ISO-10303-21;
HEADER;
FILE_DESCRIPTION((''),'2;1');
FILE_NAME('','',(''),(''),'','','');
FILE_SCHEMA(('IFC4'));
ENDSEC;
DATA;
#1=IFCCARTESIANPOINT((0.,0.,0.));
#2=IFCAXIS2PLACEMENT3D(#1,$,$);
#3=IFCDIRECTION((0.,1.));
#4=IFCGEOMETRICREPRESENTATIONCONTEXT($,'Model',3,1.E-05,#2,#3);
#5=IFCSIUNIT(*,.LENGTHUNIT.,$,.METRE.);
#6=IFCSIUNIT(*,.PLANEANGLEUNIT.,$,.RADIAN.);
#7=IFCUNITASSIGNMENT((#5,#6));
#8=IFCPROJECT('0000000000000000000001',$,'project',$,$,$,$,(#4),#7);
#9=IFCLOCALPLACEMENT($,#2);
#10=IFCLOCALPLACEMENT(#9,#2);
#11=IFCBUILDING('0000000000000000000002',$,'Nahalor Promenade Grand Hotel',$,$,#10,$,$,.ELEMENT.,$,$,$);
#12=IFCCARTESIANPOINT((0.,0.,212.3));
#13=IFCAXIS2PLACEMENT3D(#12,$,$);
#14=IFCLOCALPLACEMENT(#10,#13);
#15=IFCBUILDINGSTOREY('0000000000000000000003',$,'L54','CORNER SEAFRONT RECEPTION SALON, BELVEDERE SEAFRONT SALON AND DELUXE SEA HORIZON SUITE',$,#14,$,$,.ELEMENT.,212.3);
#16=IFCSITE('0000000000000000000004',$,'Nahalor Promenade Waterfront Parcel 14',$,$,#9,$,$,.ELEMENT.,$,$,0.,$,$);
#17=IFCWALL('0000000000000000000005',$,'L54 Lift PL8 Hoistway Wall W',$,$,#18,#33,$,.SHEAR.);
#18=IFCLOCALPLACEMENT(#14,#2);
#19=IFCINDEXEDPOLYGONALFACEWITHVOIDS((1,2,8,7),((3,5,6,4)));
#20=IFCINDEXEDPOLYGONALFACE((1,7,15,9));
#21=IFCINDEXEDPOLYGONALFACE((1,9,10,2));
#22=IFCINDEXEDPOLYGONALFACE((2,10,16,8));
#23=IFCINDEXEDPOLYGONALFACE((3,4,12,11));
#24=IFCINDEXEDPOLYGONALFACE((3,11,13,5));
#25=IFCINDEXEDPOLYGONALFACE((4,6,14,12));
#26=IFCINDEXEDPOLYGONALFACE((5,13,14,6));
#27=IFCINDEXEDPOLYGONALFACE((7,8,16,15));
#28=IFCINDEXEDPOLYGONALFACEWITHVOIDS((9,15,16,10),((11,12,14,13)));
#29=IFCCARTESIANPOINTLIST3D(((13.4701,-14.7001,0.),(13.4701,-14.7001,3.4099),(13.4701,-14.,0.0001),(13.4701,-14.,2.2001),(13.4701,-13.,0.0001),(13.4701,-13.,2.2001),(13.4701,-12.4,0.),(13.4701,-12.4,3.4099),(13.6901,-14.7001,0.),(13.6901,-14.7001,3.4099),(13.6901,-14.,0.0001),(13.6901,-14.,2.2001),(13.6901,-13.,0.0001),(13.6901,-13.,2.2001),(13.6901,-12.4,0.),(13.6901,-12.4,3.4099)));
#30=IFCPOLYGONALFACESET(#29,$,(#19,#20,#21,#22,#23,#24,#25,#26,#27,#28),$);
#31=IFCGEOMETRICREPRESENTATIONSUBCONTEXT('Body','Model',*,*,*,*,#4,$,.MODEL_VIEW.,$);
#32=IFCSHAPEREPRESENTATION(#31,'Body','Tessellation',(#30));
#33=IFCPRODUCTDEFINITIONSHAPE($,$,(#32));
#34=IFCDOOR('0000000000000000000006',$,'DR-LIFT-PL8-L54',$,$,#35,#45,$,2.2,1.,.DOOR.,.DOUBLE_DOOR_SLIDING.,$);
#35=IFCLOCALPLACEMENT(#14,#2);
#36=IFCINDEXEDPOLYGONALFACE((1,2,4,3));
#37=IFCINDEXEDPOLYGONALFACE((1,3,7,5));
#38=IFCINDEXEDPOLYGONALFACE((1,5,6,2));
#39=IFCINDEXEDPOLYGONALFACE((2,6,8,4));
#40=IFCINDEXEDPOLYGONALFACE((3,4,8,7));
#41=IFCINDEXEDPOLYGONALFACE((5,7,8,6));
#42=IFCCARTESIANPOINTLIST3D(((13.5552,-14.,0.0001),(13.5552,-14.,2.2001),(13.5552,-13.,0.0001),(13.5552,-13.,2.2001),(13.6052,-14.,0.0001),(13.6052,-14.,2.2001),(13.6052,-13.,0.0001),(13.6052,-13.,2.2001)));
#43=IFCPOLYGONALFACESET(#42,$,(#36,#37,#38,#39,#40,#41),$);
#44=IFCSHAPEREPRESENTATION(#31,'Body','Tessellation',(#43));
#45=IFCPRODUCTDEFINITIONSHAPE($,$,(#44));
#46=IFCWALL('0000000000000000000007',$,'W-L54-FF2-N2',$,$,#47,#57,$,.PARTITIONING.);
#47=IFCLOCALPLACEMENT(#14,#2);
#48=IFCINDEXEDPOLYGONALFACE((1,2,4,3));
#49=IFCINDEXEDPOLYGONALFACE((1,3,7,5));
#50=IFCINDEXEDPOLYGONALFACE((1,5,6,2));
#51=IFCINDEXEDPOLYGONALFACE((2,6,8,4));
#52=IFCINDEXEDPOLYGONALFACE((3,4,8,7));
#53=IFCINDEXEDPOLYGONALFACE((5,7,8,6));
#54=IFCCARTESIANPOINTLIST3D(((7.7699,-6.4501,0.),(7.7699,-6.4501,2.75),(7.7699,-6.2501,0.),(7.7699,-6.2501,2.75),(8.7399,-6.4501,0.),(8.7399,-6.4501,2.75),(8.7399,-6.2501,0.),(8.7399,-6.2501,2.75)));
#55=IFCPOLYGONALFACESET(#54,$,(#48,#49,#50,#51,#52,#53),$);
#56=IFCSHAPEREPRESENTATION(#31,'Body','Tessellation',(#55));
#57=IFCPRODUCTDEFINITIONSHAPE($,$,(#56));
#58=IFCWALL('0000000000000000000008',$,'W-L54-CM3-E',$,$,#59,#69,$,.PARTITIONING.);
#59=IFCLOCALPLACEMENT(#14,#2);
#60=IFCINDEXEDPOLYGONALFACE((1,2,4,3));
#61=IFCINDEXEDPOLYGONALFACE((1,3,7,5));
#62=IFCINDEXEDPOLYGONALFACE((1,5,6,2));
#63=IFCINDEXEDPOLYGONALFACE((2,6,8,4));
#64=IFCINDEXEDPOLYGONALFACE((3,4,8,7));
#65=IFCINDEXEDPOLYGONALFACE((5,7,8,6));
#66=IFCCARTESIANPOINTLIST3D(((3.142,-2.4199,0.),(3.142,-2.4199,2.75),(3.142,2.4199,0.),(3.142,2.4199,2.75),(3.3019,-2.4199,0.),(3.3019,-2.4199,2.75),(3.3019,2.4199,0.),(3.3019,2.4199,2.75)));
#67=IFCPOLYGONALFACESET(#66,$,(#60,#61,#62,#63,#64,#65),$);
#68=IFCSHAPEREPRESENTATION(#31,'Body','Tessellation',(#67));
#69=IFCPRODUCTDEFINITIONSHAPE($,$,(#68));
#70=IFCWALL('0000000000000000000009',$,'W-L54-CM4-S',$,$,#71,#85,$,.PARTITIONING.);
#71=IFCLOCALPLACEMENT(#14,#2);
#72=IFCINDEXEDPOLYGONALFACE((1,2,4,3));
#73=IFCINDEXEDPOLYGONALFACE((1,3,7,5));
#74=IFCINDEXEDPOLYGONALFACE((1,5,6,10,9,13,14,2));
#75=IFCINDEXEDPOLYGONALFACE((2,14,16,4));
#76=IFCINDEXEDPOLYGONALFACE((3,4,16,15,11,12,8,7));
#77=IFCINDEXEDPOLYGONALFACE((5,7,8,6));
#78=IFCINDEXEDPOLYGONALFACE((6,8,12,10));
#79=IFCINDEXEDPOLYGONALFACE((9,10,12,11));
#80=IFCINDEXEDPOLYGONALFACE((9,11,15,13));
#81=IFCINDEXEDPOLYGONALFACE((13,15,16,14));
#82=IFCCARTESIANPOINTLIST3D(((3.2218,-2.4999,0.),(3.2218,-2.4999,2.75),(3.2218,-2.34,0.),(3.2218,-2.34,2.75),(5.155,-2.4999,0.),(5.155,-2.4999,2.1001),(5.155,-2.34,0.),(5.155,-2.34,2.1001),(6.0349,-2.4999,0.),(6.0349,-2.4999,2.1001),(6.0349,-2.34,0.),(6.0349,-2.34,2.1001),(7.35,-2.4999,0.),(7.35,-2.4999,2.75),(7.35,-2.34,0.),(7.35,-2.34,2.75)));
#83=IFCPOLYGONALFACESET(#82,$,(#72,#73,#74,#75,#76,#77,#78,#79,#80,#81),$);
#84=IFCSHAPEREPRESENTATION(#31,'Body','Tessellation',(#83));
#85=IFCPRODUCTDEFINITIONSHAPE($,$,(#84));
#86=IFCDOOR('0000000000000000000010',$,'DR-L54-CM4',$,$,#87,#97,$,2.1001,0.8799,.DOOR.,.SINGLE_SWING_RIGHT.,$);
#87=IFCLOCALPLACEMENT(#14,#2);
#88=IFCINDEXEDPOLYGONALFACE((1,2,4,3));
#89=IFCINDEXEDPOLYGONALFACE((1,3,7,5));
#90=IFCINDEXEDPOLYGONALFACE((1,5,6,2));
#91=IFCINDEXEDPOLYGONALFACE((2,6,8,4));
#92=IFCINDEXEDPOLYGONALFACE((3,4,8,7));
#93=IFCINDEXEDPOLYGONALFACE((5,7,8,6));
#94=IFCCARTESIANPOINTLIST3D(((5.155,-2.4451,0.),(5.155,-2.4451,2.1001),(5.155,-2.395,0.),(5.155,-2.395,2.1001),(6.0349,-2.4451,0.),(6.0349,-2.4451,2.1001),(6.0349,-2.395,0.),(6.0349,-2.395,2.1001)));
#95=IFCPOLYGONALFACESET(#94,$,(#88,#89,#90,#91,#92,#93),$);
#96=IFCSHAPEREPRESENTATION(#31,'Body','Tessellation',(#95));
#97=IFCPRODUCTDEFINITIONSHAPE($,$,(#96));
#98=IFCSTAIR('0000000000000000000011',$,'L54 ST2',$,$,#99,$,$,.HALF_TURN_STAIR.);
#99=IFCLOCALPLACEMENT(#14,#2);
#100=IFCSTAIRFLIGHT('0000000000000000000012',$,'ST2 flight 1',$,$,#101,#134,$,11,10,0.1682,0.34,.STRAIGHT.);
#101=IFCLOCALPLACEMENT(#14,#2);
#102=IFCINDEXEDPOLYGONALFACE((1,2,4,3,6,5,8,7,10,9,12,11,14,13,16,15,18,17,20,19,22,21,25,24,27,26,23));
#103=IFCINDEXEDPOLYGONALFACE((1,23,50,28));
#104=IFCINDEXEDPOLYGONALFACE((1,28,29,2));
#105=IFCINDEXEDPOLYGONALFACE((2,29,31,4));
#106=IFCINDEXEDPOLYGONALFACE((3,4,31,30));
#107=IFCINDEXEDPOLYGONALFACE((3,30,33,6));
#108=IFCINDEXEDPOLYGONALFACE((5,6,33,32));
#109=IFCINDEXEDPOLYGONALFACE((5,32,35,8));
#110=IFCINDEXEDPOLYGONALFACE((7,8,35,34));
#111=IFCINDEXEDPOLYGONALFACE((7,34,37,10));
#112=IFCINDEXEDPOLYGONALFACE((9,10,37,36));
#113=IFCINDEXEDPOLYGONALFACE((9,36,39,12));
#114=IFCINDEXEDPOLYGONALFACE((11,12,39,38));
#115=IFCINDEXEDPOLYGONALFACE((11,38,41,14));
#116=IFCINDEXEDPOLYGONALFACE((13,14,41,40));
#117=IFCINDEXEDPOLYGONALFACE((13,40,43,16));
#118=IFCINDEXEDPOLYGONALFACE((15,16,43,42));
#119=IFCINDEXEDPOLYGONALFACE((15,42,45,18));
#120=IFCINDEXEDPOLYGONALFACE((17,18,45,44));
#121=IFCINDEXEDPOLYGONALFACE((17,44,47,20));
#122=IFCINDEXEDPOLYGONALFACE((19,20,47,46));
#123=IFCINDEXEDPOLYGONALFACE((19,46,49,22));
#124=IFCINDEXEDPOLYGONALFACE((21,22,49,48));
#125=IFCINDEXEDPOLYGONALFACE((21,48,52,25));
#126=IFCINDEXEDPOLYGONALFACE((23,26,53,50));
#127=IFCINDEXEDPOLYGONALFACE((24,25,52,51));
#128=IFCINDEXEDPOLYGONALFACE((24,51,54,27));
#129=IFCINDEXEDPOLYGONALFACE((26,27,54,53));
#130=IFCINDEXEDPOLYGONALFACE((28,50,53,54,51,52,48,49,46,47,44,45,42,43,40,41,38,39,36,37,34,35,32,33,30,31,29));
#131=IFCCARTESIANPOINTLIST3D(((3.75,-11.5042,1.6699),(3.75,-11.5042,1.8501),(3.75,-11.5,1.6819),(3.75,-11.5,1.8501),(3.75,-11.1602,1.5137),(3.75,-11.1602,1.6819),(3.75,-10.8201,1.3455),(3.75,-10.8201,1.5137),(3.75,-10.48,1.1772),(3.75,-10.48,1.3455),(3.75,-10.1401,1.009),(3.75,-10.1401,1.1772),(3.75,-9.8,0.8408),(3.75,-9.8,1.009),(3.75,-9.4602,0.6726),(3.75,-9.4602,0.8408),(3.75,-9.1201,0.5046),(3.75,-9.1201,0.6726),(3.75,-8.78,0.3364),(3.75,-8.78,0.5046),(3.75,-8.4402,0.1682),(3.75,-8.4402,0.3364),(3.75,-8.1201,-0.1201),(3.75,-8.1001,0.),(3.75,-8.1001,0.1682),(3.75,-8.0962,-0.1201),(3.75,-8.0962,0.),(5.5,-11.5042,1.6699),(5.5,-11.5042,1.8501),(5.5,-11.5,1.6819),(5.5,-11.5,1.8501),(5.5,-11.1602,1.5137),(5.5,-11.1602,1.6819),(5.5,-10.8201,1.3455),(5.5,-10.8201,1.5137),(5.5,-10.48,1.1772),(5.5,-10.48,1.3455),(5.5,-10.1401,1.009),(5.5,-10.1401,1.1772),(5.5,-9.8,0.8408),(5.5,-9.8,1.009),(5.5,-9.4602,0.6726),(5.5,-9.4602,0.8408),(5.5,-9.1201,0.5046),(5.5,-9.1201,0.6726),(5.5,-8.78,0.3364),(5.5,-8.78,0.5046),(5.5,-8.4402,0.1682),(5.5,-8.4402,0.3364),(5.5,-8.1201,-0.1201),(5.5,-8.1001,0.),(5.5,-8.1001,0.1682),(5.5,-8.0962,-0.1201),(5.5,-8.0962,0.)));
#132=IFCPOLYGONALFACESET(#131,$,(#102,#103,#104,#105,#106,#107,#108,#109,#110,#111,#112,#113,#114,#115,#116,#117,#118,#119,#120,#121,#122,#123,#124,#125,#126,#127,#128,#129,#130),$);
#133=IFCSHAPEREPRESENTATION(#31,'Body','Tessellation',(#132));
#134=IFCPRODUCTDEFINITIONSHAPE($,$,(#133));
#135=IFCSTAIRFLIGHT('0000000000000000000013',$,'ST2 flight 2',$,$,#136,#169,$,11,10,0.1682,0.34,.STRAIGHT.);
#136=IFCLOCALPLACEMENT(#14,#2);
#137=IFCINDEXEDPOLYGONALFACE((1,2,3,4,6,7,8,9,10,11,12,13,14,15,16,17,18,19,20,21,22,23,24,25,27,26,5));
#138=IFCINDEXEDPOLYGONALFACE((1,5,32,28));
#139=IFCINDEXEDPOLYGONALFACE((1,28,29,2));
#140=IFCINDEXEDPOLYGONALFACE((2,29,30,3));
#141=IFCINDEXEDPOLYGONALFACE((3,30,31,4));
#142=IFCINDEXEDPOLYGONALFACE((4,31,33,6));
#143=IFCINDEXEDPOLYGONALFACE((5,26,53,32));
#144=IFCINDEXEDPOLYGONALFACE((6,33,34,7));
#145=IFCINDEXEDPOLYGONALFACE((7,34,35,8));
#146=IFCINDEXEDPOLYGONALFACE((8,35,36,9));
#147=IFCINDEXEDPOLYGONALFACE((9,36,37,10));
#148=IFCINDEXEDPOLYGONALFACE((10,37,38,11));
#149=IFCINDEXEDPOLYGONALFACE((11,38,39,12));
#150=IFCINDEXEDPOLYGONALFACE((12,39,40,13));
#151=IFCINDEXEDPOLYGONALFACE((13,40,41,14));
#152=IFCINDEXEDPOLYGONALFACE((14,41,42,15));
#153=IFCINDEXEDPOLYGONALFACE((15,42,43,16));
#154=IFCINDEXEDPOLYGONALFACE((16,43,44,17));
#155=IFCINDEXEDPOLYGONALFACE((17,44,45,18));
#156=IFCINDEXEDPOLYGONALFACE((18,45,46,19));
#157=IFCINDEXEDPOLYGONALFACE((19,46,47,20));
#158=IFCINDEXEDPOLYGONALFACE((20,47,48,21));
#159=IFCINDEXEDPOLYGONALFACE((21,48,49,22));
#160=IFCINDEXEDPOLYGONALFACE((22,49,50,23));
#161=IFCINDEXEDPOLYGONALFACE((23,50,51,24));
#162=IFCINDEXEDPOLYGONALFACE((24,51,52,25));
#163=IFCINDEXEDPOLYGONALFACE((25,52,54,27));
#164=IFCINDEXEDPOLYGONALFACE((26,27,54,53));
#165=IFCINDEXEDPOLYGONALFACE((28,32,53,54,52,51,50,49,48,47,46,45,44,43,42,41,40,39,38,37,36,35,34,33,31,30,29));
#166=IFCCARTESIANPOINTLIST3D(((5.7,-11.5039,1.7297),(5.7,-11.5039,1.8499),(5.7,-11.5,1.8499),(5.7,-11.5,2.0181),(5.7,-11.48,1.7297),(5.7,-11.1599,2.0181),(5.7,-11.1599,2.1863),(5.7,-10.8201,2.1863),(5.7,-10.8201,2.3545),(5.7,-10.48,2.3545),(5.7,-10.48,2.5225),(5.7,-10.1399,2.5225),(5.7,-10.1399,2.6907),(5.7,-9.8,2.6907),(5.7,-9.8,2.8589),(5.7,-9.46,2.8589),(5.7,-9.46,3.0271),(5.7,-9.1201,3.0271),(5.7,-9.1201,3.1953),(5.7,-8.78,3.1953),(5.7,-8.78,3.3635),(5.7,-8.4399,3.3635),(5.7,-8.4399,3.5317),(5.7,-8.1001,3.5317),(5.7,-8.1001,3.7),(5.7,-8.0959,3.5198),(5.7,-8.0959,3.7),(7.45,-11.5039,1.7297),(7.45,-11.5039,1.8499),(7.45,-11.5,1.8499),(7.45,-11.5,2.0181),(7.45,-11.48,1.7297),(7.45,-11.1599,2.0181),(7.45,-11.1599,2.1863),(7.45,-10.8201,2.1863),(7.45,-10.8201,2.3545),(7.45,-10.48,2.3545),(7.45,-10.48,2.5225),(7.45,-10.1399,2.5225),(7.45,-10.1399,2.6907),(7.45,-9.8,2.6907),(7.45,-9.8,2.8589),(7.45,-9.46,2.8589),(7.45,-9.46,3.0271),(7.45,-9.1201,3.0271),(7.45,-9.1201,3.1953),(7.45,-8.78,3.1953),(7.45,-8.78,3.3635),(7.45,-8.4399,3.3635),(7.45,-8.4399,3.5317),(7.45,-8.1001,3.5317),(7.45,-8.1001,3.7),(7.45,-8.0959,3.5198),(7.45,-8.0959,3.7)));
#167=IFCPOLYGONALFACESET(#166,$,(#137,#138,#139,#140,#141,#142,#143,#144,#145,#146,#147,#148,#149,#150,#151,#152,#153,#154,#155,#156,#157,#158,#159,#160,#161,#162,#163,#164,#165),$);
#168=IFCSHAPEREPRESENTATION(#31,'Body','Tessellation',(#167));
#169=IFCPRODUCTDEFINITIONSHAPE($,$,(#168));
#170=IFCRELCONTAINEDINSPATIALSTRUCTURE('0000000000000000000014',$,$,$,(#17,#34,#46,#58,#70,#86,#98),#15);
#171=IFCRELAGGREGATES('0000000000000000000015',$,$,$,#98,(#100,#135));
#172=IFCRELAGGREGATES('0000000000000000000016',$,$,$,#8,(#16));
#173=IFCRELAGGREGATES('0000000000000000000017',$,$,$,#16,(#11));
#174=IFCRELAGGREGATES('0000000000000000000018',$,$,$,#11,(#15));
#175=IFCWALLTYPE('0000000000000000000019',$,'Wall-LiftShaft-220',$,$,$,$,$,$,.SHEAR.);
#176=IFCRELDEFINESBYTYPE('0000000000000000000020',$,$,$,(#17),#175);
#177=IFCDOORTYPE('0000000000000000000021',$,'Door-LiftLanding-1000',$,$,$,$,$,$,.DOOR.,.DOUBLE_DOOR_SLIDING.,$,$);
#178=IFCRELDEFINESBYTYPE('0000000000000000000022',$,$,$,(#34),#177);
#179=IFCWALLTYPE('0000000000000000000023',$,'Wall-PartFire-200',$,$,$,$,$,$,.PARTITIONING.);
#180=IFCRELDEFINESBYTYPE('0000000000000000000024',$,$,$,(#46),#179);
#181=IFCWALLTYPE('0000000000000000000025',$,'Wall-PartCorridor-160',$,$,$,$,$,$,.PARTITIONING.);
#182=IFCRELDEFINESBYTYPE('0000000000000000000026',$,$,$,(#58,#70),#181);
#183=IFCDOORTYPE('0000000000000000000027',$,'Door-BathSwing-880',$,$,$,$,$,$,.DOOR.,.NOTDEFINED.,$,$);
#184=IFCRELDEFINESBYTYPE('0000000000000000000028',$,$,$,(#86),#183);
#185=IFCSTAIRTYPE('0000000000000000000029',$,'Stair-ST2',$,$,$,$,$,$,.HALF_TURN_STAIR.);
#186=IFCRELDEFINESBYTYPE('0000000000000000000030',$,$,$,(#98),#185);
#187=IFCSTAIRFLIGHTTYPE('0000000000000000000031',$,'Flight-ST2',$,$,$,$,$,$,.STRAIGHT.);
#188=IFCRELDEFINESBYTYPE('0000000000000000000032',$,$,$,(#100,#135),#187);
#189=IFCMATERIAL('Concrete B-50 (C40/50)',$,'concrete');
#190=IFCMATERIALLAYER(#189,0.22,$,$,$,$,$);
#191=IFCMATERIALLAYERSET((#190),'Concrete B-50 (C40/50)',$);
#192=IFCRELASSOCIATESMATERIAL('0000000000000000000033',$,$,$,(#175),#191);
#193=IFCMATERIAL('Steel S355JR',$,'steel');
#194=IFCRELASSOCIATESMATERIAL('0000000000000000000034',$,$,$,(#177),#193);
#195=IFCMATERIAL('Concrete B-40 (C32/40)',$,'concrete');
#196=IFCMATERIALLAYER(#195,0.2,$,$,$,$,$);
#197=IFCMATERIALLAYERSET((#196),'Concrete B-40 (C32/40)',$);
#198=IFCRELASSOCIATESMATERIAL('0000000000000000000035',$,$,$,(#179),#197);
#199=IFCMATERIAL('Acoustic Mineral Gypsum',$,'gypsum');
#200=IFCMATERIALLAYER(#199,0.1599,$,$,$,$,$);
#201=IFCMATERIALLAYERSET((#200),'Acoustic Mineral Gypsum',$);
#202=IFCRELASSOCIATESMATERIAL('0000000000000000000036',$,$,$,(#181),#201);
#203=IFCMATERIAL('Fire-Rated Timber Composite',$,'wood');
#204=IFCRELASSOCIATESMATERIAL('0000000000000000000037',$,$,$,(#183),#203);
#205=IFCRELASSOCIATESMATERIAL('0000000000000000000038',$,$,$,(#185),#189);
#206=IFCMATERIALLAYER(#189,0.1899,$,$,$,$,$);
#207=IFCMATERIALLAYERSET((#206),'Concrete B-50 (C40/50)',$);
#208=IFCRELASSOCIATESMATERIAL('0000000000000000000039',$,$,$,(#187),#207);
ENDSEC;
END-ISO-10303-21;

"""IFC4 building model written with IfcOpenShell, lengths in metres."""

from ifc_helpers import new_model, si_unit, direction, frame, frame_2d, origin, place, context, subcontext, project, spatial, polyline, rectangle, outline, extrude, source, transform, mapped, material, layer, layer_set, type_object, element, fill, aggregate, save


model = new_model("IFC4")

# Units and contexts
model_context = context("Model", 3, precision=1e-05, world=origin(), true_north=direction((0.0, 1.0)))
body_context = subcontext(model_context, "Body", "Model", "MODEL_VIEW")
ifc_project = project(units=[si_unit("LENGTHUNIT", "METRE"), si_unit("PLANEANGLEUNIT", "RADIAN")], contexts=[model_context])

# Site, building, storey
site_placement = place(None, origin())
site = spatial("IfcSite", under=ifc_project, at=site_placement, Name="Nahalor Promenade Waterfront Parcel 14", CompositionType="ELEMENT", RefElevation=0.0)
building_placement = place(site_placement, origin())
building = spatial("IfcBuilding", under=site, at=building_placement, Name="Nahalor Promenade Grand Hotel", CompositionType="ELEMENT")
storey_placement = place(building_placement, frame((0.0, 0.0, 212.3)))
storey = spatial("IfcBuildingStorey", under=building, at=storey_placement, Name="L54", Description="CORNER SEAFRONT RECEPTION SALON, BELVEDERE SEAFRONT SALON AND DELUXE SEA HORIZON SUITE", CompositionType="ELEMENT", Elevation=212.3)

# Shared definitions
ifc_material_1 = material(Name="Steel S355JR", Category="steel")

# Shared definitions
ifc_material_2 = material(Name="Concrete B-50 (C40/50)", Category="concrete")
ifc_layer_1 = layer(ifc_material_2, 0.22)
ifc_layer_set_1 = layer_set([ifc_layer_1], Name="Concrete B-50 (C40/50)")
wall_type_1 = type_object("IfcWallType", Name="Wall-LiftShaft-220", PredefinedType="SHEAR", material=ifc_layer_set_1)

# Wall, opening, door
shared_shape_1 = source(origin(), body_context, "Body", "SweptSolid", [
    extrude(rectangle(XDim=2.3, YDim=0.22, at=frame_2d((1.1499, 0.0))), origin(), (0.0, 0.0, 1.0), 3.4099),
])
wall_1_placement = place(storey_placement, frame((13.5801, -14.7, 0.0), z_axis=(0.0, 0.0, 1.0), x_axis=(0.0, 1.0, 0.0)))
wall_1 = element("IfcWall", 1, at=wall_1_placement, inside=storey, type_object=wall_type_1, Name="L54 Lift PL8 Hoistway Wall W", PredefinedType="SHEAR", context=body_context, shape_type="MappedRepresentation", body=[
    mapped(shared_shape_1, transform((0.0, 0.0, 0.0), scale=1.0)),
])
opening_1_placement = place(wall_1_placement, frame((0.7, 0.0, 0.0)))
opening_1 = element("IfcOpeningElement", 2, at=opening_1_placement, cuts=wall_1, PredefinedType="OPENING", context=body_context, shape_type="SweptSolid", body=[
    extrude(rectangle(XDim=1.0, YDim=2.2, at=frame_2d((0.5, 1.1001))), frame((0.0, 0.1199, 0.0), z_axis=(0.0, -1.0, 0.0), x_axis=(1.0, 0.0, 0.0)), (0.0, 0.0, 1.0), 0.24),
])
door_type_1 = type_object("IfcDoorType", Name="Door-LiftLanding-1000", OperationType="DOUBLE_DOOR_SLIDING", PredefinedType="DOOR", material=ifc_material_1)
shared_shape_2 = source(origin(), body_context, "Body", "SweptSolid", [
    extrude(rectangle(XDim=1.0, YDim=2.2, at=frame_2d((0.5, 1.1001))), frame((0.0, 0.0249, 0.0), z_axis=(0.0, -1.0, 0.0), x_axis=(1.0, 0.0, 0.0)), (0.0, 0.0, 1.0), 0.05),
])
door_1_placement = place(opening_1_placement, origin())
door_1 = element("IfcDoor", 3, at=door_1_placement, inside=storey, type_object=door_type_1, Name="DR-LIFT-PL8-L54", OperationType="DOUBLE_DOOR_SLIDING", OverallHeight=2.2, OverallWidth=1.0, PredefinedType="DOOR", context=body_context, shape_type="MappedRepresentation", body=[
    mapped(shared_shape_2, transform((0.0, 0.0, 0.0), scale=1.0)),
])
fill(opening_1, door_1)

# Walls
ifc_material_3 = material(Name="Concrete B-40 (C32/40)", Category="concrete")
ifc_layer_2 = layer(ifc_material_3, 0.2)
ifc_layer_set_2 = layer_set([ifc_layer_2], Name="Concrete B-40 (C32/40)")
wall_type_2 = type_object("IfcWallType", Name="Wall-PartFire-200", PredefinedType="PARTITIONING", material=ifc_layer_set_2)
shared_shape_3 = source(origin(), body_context, "Body", "SweptSolid", [
    extrude(rectangle(XDim=0.97, YDim=0.2, at=frame_2d((0.4849, 0.0))), origin(), (0.0, 0.0, 1.0), 2.75),
])
wall_2_placement = place(storey_placement, frame((7.77, -6.3501, 0.0), z_axis=(0.0, 0.0, 1.0), x_axis=(1.0, 0.0, 0.0)))
element("IfcWall", 4, at=wall_2_placement, inside=storey, type_object=wall_type_2, Name="W-L54-FF2-N2", PredefinedType="PARTITIONING", context=body_context, shape_type="MappedRepresentation", body=[
    mapped(shared_shape_3, transform((0.0, 0.0, 0.0), scale=1.0)),
])
ifc_material_4 = material(Name="Acoustic Mineral Gypsum", Category="gypsum")
ifc_layer_3 = layer(ifc_material_4, 0.1599)
ifc_layer_set_3 = layer_set([ifc_layer_3], Name="Acoustic Mineral Gypsum")
wall_type_3 = type_object("IfcWallType", Name="Wall-PartCorridor-160", PredefinedType="PARTITIONING", material=ifc_layer_set_3)
shared_shape_4 = source(origin(), body_context, "Body", "SweptSolid", [
    extrude(rectangle(XDim=4.8398, YDim=0.1599, at=frame_2d((2.4199, 0.0))), origin(), (0.0, 0.0, 1.0), 2.75),
])
wall_3_placement = place(storey_placement, frame((3.2219, -2.4199, 0.0), z_axis=(0.0, 0.0, 1.0), x_axis=(0.0, 1.0, 0.0)))
element("IfcWall", 5, at=wall_3_placement, inside=storey, type_object=wall_type_3, Name="W-L54-CM3-E", PredefinedType="PARTITIONING", context=body_context, shape_type="MappedRepresentation", body=[
    mapped(shared_shape_4, transform((0.0, 0.0, 0.0), scale=1.0)),
])

# Wall, opening, door
shared_shape_5 = source(origin(), body_context, "Body", "SweptSolid", [
    extrude(rectangle(XDim=4.1282, YDim=0.1599, at=frame_2d((2.064, 0.0))), origin(), (0.0, 0.0, 1.0), 2.75),
])
wall_4_placement = place(storey_placement, frame((3.2219, -2.4199, 0.0), z_axis=(0.0, 0.0, 1.0), x_axis=(1.0, 0.0, 0.0)))
wall_4 = element("IfcWall", 6, at=wall_4_placement, inside=storey, type_object=wall_type_3, Name="W-L54-CM4-S", PredefinedType="PARTITIONING", context=body_context, shape_type="MappedRepresentation", body=[
    mapped(shared_shape_5, transform((0.0, 0.0, 0.0), scale=1.0)),
])
opening_2_placement = place(wall_4_placement, frame((1.9331, 0.0, 0.0)))
opening_2 = element("IfcOpeningElement", 7, at=opening_2_placement, cuts=wall_4, PredefinedType="OPENING", context=body_context, shape_type="SweptSolid", body=[
    extrude(rectangle(XDim=0.8799, YDim=2.1001, at=frame_2d((0.4399, 1.05))), frame((0.0, 0.0898, 0.0), z_axis=(0.0, -1.0, 0.0), x_axis=(1.0, 0.0, 0.0)), (0.0, 0.0, 1.0), 0.1799),
])
ifc_material_5 = material(Name="Fire-Rated Timber Composite", Category="wood")
door_type_2 = type_object("IfcDoorType", Name="Door-BathSwing-880", OperationType="NOTDEFINED", PredefinedType="DOOR", material=ifc_material_5)
shared_shape_6 = source(origin(), body_context, "Body", "SweptSolid", [
    extrude(rectangle(XDim=0.8799, YDim=2.1001, at=frame_2d((0.4399, 1.05))), frame((0.0, 0.0249, 0.0), z_axis=(0.0, -1.0, 0.0), x_axis=(1.0, 0.0, 0.0)), (0.0, 0.0, 1.0), 0.05),
])
door_2_placement = place(opening_2_placement, origin())
door_2 = element("IfcDoor", 8, at=door_2_placement, inside=storey, type_object=door_type_2, Name="DR-L54-CM4", OperationType="SINGLE_SWING_RIGHT", OverallHeight=2.1001, OverallWidth=0.8799, PredefinedType="DOOR", context=body_context, shape_type="MappedRepresentation", body=[
    mapped(shared_shape_6, transform((0.0, 0.0, 0.0), scale=1.0)),
])
fill(opening_2, door_2)

# Stair, stair flights
stair_type = type_object("IfcStairType", Name="Stair-ST2", PredefinedType="HALF_TURN_STAIR", material=ifc_material_2)
stair_placement = place(storey_placement, origin())
stair = element("IfcStair", 9, at=stair_placement, inside=storey, type_object=stair_type, Name="L54 ST2", PredefinedType="HALF_TURN_STAIR")
ifc_layer_4 = layer(ifc_material_2, 0.1899)
ifc_layer_set_4 = layer_set([ifc_layer_4], Name="Concrete B-50 (C40/50)")
stair_flight_type = type_object("IfcStairFlightType", Name="Flight-ST2", PredefinedType="STRAIGHT", material=ifc_layer_set_4)
shared_shape_7 = source(origin(), body_context, "Body", "SweptSolid", [
    extrude(outline(polyline([(-0.0039, -0.1201), (-0.0039, 0.0), (0.0, 0.0), (0.0, 0.1682), (0.3401, 0.1682), (0.3401, 0.3364), (0.6799, 0.3364), (0.6799, 0.5046), (1.02, 0.5046), (1.02, 0.6726), (1.3601, 0.6726), (1.3601, 0.8408), (1.7, 0.8408), (1.7, 1.009), (2.04, 1.009), (2.04, 1.1772), (2.3799, 1.1772), (2.3799, 1.3455), (2.72, 1.3455), (2.72, 1.5137), (3.0601, 1.5137), (3.0601, 1.6819), (3.3999, 1.6819), (3.3999, 1.8501), (3.4041, 1.8501), (3.4041, 1.6699), (0.02, -0.1201), (-0.0039, -0.1201)])), frame((0.0, 0.875, 0.0), z_axis=(0.0, -1.0, 0.0), x_axis=(1.0, 0.0, 0.0)), (0.0, 0.0, 1.0), 1.75),
])
stair_flight_1_placement = place(storey_placement, frame((4.625, -8.1001, 0.0), z_axis=(0.0, 0.0, 1.0), x_axis=(0.0, -1.0, 0.0)))
stair_flight_1 = element("IfcStairFlight", 10, at=stair_flight_1_placement, type_object=stair_flight_type, Name="ST2 flight 1", NumberOfRisers=11, NumberOfTreads=10, PredefinedType="STRAIGHT", RiserHeight=0.1682, TreadLength=0.34, context=body_context, shape_type="MappedRepresentation", body=[
    mapped(shared_shape_7, transform((0.0, 0.0, 0.0), scale=1.0)),
])
stair_flight_2_placement = place(storey_placement, frame((6.575, -11.5, 1.8499), z_axis=(0.0, 0.0, 1.0), x_axis=(0.0, 1.0, 0.0)))
stair_flight_2 = element("IfcStairFlight", 11, at=stair_flight_2_placement, type_object=stair_flight_type, Name="ST2 flight 2", NumberOfRisers=11, NumberOfTreads=10, PredefinedType="STRAIGHT", RiserHeight=0.1682, TreadLength=0.34, context=body_context, shape_type="MappedRepresentation", body=[
    mapped(shared_shape_7, transform((0.0, 0.0, 0.0), scale=1.0)),
])
aggregate(stair, [stair_flight_1, stair_flight_2])

save(model, "model.ifc")
